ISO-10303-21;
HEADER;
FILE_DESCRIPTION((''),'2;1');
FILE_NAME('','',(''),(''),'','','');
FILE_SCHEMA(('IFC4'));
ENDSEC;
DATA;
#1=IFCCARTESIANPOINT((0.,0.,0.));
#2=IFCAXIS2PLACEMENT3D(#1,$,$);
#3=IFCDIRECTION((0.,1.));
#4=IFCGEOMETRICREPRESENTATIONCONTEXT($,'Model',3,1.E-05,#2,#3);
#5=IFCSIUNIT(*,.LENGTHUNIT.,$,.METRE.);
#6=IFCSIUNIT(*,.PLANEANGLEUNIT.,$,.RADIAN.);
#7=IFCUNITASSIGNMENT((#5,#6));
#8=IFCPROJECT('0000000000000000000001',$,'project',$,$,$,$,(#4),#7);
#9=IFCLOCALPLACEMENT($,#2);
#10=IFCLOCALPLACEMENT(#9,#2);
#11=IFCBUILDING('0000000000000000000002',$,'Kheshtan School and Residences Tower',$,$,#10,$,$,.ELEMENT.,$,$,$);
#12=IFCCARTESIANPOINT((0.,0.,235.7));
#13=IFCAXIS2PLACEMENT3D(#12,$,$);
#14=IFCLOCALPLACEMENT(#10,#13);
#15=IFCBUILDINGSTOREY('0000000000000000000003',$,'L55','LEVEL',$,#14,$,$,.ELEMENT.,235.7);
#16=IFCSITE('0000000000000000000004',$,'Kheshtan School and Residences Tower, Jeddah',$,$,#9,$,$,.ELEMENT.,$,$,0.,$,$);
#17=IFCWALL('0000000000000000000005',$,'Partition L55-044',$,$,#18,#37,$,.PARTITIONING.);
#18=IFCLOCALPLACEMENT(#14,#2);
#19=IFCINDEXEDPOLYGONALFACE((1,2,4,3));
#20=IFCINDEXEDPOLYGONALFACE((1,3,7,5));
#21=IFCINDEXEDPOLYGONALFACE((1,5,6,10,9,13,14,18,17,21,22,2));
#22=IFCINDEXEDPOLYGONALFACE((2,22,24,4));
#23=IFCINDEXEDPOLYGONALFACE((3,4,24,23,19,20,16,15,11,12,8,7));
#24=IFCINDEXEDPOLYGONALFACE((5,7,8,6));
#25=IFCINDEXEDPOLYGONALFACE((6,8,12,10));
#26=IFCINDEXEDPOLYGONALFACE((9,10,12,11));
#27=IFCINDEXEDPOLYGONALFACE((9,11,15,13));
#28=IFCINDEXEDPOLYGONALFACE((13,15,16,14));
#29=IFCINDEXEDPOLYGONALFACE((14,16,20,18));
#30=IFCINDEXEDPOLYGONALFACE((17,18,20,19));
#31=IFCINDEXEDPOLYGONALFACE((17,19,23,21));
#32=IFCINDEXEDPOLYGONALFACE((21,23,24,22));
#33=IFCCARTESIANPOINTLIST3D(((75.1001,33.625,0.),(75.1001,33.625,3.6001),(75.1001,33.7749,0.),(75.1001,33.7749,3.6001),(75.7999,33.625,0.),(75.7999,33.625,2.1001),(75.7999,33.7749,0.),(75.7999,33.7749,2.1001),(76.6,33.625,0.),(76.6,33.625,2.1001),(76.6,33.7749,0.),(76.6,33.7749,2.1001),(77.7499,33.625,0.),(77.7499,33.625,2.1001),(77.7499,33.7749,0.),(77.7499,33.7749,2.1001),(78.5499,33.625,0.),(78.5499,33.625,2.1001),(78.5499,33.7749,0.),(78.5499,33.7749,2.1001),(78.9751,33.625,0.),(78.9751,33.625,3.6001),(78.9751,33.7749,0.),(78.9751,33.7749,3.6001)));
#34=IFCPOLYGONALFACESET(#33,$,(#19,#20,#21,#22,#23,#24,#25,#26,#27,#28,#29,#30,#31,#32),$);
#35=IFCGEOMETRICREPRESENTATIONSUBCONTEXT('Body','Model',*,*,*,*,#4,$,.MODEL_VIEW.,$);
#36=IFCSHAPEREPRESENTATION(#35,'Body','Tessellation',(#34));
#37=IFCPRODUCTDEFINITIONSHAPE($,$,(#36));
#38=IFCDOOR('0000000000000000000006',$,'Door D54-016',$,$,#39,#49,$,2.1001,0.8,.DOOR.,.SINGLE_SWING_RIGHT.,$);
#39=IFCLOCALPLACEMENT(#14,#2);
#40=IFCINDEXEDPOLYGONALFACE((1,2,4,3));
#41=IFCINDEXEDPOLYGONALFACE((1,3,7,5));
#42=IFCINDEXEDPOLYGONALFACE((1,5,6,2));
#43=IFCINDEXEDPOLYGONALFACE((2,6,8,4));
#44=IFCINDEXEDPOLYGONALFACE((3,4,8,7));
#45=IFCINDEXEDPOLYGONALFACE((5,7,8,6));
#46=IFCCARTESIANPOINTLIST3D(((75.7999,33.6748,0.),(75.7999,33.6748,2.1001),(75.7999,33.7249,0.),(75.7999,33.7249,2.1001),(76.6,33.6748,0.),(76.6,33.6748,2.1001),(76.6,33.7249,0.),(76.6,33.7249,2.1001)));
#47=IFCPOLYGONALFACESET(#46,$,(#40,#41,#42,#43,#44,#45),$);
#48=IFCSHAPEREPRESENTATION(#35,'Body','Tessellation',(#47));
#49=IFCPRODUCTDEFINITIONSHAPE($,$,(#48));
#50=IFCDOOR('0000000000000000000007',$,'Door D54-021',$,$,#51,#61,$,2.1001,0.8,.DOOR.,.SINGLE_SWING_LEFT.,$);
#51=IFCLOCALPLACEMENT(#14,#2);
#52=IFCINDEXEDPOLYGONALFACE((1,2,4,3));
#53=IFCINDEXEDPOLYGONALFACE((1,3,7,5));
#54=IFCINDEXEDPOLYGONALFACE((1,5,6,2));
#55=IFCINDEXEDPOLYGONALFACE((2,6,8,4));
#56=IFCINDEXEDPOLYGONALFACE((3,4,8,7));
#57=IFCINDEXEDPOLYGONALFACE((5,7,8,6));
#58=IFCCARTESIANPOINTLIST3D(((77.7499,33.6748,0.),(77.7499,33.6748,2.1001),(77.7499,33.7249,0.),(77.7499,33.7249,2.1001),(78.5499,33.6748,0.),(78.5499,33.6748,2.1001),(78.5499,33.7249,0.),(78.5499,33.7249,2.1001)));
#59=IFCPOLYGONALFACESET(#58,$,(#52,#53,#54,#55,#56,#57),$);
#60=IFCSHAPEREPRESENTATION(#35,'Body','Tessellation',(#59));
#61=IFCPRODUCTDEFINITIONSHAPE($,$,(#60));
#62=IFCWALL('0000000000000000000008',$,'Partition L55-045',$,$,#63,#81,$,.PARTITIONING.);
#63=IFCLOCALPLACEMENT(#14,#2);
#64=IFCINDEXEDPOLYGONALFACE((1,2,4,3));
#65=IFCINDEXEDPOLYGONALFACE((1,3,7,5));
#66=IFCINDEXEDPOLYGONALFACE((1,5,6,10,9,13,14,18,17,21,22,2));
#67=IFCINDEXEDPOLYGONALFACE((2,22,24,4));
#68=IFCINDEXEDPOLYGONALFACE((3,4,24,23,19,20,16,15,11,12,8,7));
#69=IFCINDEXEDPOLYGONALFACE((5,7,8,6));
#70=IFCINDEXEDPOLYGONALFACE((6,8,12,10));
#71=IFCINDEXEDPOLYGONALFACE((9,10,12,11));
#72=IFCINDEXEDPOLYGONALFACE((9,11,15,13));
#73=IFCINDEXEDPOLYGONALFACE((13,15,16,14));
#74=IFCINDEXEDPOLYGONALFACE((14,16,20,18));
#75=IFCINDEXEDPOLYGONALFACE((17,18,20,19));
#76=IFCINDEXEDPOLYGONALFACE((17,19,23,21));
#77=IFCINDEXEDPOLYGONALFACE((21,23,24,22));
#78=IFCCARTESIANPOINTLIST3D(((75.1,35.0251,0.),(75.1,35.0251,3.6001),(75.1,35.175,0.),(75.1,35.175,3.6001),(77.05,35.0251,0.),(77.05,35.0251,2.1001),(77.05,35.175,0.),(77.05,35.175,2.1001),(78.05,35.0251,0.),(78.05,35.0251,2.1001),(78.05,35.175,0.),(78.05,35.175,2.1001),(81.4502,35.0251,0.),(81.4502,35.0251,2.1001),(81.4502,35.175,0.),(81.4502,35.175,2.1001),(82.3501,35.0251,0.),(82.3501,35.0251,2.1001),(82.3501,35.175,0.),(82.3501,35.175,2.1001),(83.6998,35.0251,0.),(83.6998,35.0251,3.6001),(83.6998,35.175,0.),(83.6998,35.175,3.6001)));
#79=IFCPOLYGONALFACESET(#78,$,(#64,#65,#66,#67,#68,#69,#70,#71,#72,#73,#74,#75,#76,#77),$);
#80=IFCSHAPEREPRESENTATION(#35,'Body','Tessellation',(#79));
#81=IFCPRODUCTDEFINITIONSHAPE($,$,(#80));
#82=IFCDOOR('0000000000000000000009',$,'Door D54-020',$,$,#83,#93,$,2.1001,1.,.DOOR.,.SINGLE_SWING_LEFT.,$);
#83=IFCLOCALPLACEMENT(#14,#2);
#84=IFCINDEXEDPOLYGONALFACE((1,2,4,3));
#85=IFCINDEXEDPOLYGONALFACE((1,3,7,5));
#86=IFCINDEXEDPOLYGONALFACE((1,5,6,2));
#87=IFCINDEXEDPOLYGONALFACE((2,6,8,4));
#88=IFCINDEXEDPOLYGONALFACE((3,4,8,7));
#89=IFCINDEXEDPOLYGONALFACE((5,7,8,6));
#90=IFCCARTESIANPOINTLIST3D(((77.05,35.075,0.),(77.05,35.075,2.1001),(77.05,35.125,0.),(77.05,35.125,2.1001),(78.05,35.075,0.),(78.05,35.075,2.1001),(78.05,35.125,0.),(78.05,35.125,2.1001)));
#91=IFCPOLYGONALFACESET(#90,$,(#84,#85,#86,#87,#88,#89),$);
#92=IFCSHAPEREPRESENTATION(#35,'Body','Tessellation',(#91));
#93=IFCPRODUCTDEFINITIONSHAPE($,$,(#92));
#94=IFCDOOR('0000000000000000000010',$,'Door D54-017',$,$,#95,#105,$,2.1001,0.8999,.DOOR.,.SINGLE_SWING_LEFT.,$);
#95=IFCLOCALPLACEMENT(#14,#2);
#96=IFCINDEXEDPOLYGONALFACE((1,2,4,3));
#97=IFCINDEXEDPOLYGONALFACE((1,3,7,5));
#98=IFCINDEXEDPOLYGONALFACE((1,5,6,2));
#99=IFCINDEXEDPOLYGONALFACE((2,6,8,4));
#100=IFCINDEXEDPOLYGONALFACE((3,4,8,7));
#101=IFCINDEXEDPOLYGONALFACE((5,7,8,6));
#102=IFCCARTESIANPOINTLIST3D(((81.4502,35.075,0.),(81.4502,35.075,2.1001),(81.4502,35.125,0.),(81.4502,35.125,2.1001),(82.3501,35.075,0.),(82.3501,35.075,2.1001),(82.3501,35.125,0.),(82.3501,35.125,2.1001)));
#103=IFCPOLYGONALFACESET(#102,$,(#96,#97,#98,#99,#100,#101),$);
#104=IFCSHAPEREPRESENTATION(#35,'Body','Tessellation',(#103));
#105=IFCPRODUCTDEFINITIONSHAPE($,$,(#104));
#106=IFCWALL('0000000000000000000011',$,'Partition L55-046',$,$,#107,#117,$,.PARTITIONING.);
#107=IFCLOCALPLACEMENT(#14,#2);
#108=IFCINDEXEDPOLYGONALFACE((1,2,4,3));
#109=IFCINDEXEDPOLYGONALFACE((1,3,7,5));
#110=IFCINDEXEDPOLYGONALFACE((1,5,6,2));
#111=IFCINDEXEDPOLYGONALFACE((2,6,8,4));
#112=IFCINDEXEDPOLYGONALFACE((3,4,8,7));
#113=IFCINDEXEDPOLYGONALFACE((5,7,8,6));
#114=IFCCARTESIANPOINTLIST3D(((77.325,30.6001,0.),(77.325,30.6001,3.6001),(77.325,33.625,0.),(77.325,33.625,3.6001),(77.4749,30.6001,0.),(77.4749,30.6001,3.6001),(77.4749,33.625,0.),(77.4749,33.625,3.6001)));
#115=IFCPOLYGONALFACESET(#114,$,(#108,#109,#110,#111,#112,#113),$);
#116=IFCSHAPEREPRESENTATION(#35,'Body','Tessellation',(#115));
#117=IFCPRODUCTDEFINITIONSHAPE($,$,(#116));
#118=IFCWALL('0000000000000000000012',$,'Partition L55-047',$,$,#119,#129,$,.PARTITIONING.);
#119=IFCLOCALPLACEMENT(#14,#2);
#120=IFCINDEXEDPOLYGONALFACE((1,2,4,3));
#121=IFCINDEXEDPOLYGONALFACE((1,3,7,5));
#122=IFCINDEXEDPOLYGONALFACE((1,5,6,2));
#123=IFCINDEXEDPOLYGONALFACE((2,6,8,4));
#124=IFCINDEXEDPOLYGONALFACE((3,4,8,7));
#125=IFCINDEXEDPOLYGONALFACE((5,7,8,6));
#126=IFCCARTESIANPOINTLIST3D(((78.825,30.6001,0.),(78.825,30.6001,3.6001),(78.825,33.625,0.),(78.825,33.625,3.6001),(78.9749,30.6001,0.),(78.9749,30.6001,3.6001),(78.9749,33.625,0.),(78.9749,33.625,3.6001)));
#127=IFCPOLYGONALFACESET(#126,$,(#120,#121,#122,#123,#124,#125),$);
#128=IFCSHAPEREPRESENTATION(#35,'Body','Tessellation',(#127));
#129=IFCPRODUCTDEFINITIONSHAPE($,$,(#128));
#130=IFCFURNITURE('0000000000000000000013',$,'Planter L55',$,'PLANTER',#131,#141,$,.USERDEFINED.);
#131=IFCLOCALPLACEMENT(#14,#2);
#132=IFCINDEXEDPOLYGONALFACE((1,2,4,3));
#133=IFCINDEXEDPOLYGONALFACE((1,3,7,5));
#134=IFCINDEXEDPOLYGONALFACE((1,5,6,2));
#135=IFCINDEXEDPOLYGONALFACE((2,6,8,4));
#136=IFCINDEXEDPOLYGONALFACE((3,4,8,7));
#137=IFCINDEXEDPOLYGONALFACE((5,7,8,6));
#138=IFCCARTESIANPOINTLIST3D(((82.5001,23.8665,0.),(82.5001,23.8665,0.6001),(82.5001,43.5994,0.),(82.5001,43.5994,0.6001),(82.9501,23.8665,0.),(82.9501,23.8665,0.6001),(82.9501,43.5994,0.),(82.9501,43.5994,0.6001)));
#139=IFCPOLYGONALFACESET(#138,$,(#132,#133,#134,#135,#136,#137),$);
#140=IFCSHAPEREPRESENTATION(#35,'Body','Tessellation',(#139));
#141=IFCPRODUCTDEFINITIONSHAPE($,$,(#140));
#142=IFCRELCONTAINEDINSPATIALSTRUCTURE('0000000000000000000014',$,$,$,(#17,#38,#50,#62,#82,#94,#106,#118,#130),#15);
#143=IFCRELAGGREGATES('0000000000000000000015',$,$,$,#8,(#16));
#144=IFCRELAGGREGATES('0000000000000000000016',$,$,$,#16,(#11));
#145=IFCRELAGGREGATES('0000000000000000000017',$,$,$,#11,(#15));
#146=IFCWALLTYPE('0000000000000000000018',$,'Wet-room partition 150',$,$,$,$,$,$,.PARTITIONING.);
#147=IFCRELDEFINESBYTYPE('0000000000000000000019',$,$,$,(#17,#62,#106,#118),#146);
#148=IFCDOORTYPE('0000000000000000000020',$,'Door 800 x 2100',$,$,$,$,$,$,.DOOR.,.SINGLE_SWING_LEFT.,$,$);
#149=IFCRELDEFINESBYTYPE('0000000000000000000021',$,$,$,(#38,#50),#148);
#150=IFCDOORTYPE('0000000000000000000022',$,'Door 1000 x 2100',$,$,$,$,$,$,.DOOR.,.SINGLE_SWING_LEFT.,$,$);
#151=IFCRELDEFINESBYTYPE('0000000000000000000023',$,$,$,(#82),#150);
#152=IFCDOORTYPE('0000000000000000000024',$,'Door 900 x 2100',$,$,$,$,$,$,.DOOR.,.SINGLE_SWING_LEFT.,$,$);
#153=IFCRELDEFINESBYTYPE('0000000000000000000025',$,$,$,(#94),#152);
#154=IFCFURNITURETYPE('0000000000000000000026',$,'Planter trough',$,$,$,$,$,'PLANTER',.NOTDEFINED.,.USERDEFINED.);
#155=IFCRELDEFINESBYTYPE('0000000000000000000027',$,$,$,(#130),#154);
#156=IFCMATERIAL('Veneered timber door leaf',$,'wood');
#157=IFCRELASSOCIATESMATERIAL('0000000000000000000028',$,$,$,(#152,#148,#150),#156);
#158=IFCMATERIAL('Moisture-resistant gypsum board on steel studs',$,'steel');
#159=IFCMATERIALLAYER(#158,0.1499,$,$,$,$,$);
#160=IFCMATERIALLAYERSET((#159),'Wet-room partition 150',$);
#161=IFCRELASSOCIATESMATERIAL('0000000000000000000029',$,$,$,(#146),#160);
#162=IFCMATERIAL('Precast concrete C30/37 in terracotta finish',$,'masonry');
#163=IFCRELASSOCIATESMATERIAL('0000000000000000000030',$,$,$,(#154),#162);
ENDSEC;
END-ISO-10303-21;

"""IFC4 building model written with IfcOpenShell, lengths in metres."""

from ifc_helpers import new_model, si_unit, direction, frame, frame_2d, origin, origin_2d, place, context, subcontext, project, spatial, rectangle, extrude, source, transform, mapped, material, layer, layer_set, type_object, element, fill, save


model = new_model("IFC4")

# Units and contexts
model_context = context("Model", 3, precision=1e-05, world=origin(), true_north=direction((0.0, 1.0)))
body_context = subcontext(model_context, "Body", "Model", "MODEL_VIEW")
ifc_project = project(units=[si_unit("LENGTHUNIT", "METRE"), si_unit("PLANEANGLEUNIT", "RADIAN")], contexts=[model_context])

# Site, building, storey
site_placement = place(None, origin())
site = spatial("IfcSite", under=ifc_project, at=site_placement, Name="Kheshtan School and Residences Tower, Jeddah", CompositionType="ELEMENT", RefElevation=0.0)
building_placement = place(site_placement, origin())
building = spatial("IfcBuilding", under=site, at=building_placement, Name="Kheshtan School and Residences Tower", CompositionType="ELEMENT")
storey_placement = place(building_placement, frame((0.0, 0.0, 235.7)))
storey = spatial("IfcBuildingStorey", under=building, at=storey_placement, Name="L55", Description="LEVEL", CompositionType="ELEMENT", Elevation=235.7)

# Shared definitions
ifc_material_1 = material(Name="Veneered timber door leaf", Category="wood")
door_type_1 = type_object("IfcDoorType", Name="Door 900 x 2100", OperationType="SINGLE_SWING_LEFT", PredefinedType="DOOR", material=ifc_material_1)
shared_shape_1 = source(origin(), body_context, "Body", "SweptSolid", [
    extrude(rectangle(XDim=0.8999, YDim=2.1001, at=frame_2d((0.45, 1.05))), frame((0.0, 0.0249, 0.0), z_axis=(0.0, -1.0, 0.0), x_axis=(1.0, 0.0, 0.0)), (0.0, 0.0, 1.0), 0.05),
])

# Walls, openings, doors
ifc_material_2 = material(Name="Moisture-resistant gypsum board on steel studs", Category="steel")
ifc_layer_1 = layer(ifc_material_2, 0.1499)
ifc_layer_set_1 = layer_set([ifc_layer_1], Name="Wet-room partition 150")
wall_type_1 = type_object("IfcWallType", Name="Wet-room partition 150", PredefinedType="PARTITIONING", material=ifc_layer_set_1)
wall_1_placement = place(storey_placement, frame((75.1001, 33.7, 0.0), z_axis=(0.0, 0.0, 1.0), x_axis=(1.0, 0.0, 0.0)))
wall_1 = element("IfcWall", 1, at=wall_1_placement, inside=storey, type_object=wall_type_1, Name="Partition L55-044", PredefinedType="PARTITIONING", context=body_context, shape_type="SweptSolid", body=[
    extrude(rectangle(XDim=3.875, YDim=0.1499, at=frame_2d((1.9375, 0.0))), origin(), (0.0, 0.0, 1.0), 3.6001),
])
opening_1_placement = place(wall_1_placement, frame((0.7, 0.0, 0.0)))
opening_1 = element("IfcOpeningElement", 2, at=opening_1_placement, cuts=wall_1, PredefinedType="OPENING", context=body_context, shape_type="SweptSolid", body=[
    extrude(rectangle(XDim=0.8, YDim=2.1001, at=frame_2d((0.3999, 1.05))), frame((0.0, 0.085, 0.0), z_axis=(0.0, -1.0, 0.0), x_axis=(1.0, 0.0, 0.0)), (0.0, 0.0, 1.0), 0.1699),
])
opening_2_placement = place(wall_1_placement, frame((2.6499, 0.0, 0.0)))
opening_2 = element("IfcOpeningElement", 3, at=opening_2_placement, cuts=wall_1, PredefinedType="OPENING", context=body_context, shape_type="SweptSolid", body=[
    extrude(rectangle(XDim=0.8, YDim=2.1001, at=frame_2d((0.3999, 1.05))), frame((0.0, 0.085, 0.0), z_axis=(0.0, -1.0, 0.0), x_axis=(1.0, 0.0, 0.0)), (0.0, 0.0, 1.0), 0.1699),
])
door_type_2 = type_object("IfcDoorType", Name="Door 800 x 2100", OperationType="SINGLE_SWING_LEFT", PredefinedType="DOOR", material=ifc_material_1)
shared_shape_2 = source(origin(), body_context, "Body", "SweptSolid", [
    extrude(rectangle(XDim=0.8, YDim=2.1001, at=frame_2d((0.3999, 1.05))), frame((0.0, 0.0249, 0.0), z_axis=(0.0, -1.0, 0.0), x_axis=(1.0, 0.0, 0.0)), (0.0, 0.0, 1.0), 0.05),
])
door_1_placement = place(opening_1_placement, origin())
door_1 = element("IfcDoor", 4, at=door_1_placement, inside=storey, type_object=door_type_2, Name="Door D54-016", OperationType="SINGLE_SWING_RIGHT", OverallHeight=2.1001, OverallWidth=0.8, PredefinedType="DOOR", context=body_context, shape_type="MappedRepresentation", body=[
    mapped(shared_shape_2, transform((0.0, 0.0, 0.0), x_axis=(1.0, 0.0, 0.0), y_axis=(0.0, 1.0, 0.0), z_axis=(0.0, 0.0, 1.0), scale=1.0)),
])
fill(opening_1, door_1)
door_2_placement = place(opening_2_placement, origin())
door_2 = element("IfcDoor", 5, at=door_2_placement, inside=storey, type_object=door_type_2, Name="Door D54-021", OperationType="SINGLE_SWING_LEFT", OverallHeight=2.1001, OverallWidth=0.8, PredefinedType="DOOR", context=body_context, shape_type="MappedRepresentation", body=[
    mapped(shared_shape_2, transform((0.0, 0.0, 0.0), x_axis=(1.0, 0.0, 0.0), y_axis=(0.0, 1.0, 0.0), z_axis=(0.0, 0.0, 1.0), scale=1.0)),
])
fill(opening_2, door_2)
wall_2_placement = place(storey_placement, frame((75.1001, 35.1001, 0.0), z_axis=(0.0, 0.0, 1.0), x_axis=(1.0, 0.0, 0.0)))
wall_2 = element("IfcWall", 6, at=wall_2_placement, inside=storey, type_object=wall_type_1, Name="Partition L55-045", PredefinedType="PARTITIONING", context=body_context, shape_type="SweptSolid", body=[
    extrude(rectangle(XDim=8.5999, YDim=0.1499, at=frame_2d((4.2998, 0.0))), origin(), (0.0, 0.0, 1.0), 3.6001),
])
opening_3_placement = place(wall_2_placement, frame((6.3501, 0.0, 0.0)))
opening_3 = element("IfcOpeningElement", 7, at=opening_3_placement, cuts=wall_2, PredefinedType="OPENING", context=body_context, shape_type="SweptSolid", body=[
    extrude(rectangle(XDim=0.8999, YDim=2.1001, at=frame_2d((0.45, 1.05))), frame((0.0, 0.085, 0.0), z_axis=(0.0, -1.0, 0.0), x_axis=(1.0, 0.0, 0.0)), (0.0, 0.0, 1.0), 0.1699),
])
opening_4_placement = place(wall_2_placement, frame((1.95, 0.0, 0.0)))
opening_4 = element("IfcOpeningElement", 8, at=opening_4_placement, cuts=wall_2, PredefinedType="OPENING", context=body_context, shape_type="SweptSolid", body=[
    extrude(rectangle(XDim=1.0, YDim=2.1001, at=frame_2d((0.5, 1.05))), frame((0.0, 0.085, 0.0), z_axis=(0.0, -1.0, 0.0), x_axis=(1.0, 0.0, 0.0)), (0.0, 0.0, 1.0), 0.1699),
])
door_type_3 = type_object("IfcDoorType", Name="Door 1000 x 2100", OperationType="SINGLE_SWING_LEFT", PredefinedType="DOOR", material=ifc_material_1)
shared_shape_3 = source(origin(), body_context, "Body", "SweptSolid", [
    extrude(rectangle(XDim=1.0, YDim=2.1001, at=frame_2d((0.5, 1.05))), frame((0.0, 0.0249, 0.0), z_axis=(0.0, -1.0, 0.0), x_axis=(1.0, 0.0, 0.0)), (0.0, 0.0, 1.0), 0.05),
])
door_3_placement = place(opening_4_placement, origin())
door_3 = element("IfcDoor", 9, at=door_3_placement, inside=storey, type_object=door_type_3, Name="Door D54-020", OperationType="SINGLE_SWING_LEFT", OverallHeight=2.1001, OverallWidth=1.0, PredefinedType="DOOR", context=body_context, shape_type="MappedRepresentation", body=[
    mapped(shared_shape_3, transform((0.0, 0.0, 0.0), x_axis=(1.0, 0.0, 0.0), y_axis=(0.0, 1.0, 0.0), z_axis=(0.0, 0.0, 1.0), scale=1.0)),
])
fill(opening_4, door_3)
door_4_placement = place(opening_3_placement, origin())
door_4 = element("IfcDoor", 10, at=door_4_placement, inside=storey, type_object=door_type_1, Name="Door D54-017", OperationType="SINGLE_SWING_LEFT", OverallHeight=2.1001, OverallWidth=0.8999, PredefinedType="DOOR", context=body_context, shape_type="MappedRepresentation", body=[
    mapped(shared_shape_1, transform((0.0, 0.0, 0.0), x_axis=(1.0, 0.0, 0.0), y_axis=(0.0, 1.0, 0.0), z_axis=(0.0, 0.0, 1.0), scale=1.0)),
])
fill(opening_3, door_4)

# Walls
for number, where, z_axis, x_axis, name in (
    (11, (77.3999, 30.6001, 0.0), (0.0, 0.0, 1.0), (0.0, 1.0, 0.0), "Partition L55-046"),
    (12, (78.8999, 30.6001, 0.0), (0.0, 0.0, 1.0), (0.0, 1.0, 0.0), "Partition L55-047"),
):
    element("IfcWall", number, at=place(storey_placement, frame(where, z_axis=z_axis, x_axis=x_axis)), inside=storey, type_object=wall_type_1, Name=name, PredefinedType="PARTITIONING", context=body_context, shape_type="SweptSolid", body=[
        extrude(rectangle(XDim=3.0249, YDim=0.1499, at=frame_2d((1.5125, 0.0))), origin(), (0.0, 0.0, 1.0), 3.6001),
    ])

# Furniture
ifc_material_3 = material(Name="Precast concrete C30/37 in terracotta finish", Category="masonry")
furniture_type = type_object("IfcFurnitureType", Name="Planter trough", ElementType="PLANTER", AssemblyPlace="NOTDEFINED", PredefinedType="USERDEFINED", material=ifc_material_3)
furniture_placement = place(storey_placement, frame((82.7251, 33.7329, 0.0), z_axis=(0.0, 0.0, 1.0), x_axis=(0.0, -1.0, 0.0)))
element("IfcFurniture", 13, at=furniture_placement, inside=storey, type_object=furniture_type, Name="Planter L55", ObjectType="PLANTER", PredefinedType="USERDEFINED", context=body_context, shape_type="SweptSolid", body=[
    extrude(rectangle(XDim=19.7329, YDim=0.45, at=origin_2d()), origin(), (0.0, 0.0, 1.0), 0.6001),
])

save(model, "model.ifc")
